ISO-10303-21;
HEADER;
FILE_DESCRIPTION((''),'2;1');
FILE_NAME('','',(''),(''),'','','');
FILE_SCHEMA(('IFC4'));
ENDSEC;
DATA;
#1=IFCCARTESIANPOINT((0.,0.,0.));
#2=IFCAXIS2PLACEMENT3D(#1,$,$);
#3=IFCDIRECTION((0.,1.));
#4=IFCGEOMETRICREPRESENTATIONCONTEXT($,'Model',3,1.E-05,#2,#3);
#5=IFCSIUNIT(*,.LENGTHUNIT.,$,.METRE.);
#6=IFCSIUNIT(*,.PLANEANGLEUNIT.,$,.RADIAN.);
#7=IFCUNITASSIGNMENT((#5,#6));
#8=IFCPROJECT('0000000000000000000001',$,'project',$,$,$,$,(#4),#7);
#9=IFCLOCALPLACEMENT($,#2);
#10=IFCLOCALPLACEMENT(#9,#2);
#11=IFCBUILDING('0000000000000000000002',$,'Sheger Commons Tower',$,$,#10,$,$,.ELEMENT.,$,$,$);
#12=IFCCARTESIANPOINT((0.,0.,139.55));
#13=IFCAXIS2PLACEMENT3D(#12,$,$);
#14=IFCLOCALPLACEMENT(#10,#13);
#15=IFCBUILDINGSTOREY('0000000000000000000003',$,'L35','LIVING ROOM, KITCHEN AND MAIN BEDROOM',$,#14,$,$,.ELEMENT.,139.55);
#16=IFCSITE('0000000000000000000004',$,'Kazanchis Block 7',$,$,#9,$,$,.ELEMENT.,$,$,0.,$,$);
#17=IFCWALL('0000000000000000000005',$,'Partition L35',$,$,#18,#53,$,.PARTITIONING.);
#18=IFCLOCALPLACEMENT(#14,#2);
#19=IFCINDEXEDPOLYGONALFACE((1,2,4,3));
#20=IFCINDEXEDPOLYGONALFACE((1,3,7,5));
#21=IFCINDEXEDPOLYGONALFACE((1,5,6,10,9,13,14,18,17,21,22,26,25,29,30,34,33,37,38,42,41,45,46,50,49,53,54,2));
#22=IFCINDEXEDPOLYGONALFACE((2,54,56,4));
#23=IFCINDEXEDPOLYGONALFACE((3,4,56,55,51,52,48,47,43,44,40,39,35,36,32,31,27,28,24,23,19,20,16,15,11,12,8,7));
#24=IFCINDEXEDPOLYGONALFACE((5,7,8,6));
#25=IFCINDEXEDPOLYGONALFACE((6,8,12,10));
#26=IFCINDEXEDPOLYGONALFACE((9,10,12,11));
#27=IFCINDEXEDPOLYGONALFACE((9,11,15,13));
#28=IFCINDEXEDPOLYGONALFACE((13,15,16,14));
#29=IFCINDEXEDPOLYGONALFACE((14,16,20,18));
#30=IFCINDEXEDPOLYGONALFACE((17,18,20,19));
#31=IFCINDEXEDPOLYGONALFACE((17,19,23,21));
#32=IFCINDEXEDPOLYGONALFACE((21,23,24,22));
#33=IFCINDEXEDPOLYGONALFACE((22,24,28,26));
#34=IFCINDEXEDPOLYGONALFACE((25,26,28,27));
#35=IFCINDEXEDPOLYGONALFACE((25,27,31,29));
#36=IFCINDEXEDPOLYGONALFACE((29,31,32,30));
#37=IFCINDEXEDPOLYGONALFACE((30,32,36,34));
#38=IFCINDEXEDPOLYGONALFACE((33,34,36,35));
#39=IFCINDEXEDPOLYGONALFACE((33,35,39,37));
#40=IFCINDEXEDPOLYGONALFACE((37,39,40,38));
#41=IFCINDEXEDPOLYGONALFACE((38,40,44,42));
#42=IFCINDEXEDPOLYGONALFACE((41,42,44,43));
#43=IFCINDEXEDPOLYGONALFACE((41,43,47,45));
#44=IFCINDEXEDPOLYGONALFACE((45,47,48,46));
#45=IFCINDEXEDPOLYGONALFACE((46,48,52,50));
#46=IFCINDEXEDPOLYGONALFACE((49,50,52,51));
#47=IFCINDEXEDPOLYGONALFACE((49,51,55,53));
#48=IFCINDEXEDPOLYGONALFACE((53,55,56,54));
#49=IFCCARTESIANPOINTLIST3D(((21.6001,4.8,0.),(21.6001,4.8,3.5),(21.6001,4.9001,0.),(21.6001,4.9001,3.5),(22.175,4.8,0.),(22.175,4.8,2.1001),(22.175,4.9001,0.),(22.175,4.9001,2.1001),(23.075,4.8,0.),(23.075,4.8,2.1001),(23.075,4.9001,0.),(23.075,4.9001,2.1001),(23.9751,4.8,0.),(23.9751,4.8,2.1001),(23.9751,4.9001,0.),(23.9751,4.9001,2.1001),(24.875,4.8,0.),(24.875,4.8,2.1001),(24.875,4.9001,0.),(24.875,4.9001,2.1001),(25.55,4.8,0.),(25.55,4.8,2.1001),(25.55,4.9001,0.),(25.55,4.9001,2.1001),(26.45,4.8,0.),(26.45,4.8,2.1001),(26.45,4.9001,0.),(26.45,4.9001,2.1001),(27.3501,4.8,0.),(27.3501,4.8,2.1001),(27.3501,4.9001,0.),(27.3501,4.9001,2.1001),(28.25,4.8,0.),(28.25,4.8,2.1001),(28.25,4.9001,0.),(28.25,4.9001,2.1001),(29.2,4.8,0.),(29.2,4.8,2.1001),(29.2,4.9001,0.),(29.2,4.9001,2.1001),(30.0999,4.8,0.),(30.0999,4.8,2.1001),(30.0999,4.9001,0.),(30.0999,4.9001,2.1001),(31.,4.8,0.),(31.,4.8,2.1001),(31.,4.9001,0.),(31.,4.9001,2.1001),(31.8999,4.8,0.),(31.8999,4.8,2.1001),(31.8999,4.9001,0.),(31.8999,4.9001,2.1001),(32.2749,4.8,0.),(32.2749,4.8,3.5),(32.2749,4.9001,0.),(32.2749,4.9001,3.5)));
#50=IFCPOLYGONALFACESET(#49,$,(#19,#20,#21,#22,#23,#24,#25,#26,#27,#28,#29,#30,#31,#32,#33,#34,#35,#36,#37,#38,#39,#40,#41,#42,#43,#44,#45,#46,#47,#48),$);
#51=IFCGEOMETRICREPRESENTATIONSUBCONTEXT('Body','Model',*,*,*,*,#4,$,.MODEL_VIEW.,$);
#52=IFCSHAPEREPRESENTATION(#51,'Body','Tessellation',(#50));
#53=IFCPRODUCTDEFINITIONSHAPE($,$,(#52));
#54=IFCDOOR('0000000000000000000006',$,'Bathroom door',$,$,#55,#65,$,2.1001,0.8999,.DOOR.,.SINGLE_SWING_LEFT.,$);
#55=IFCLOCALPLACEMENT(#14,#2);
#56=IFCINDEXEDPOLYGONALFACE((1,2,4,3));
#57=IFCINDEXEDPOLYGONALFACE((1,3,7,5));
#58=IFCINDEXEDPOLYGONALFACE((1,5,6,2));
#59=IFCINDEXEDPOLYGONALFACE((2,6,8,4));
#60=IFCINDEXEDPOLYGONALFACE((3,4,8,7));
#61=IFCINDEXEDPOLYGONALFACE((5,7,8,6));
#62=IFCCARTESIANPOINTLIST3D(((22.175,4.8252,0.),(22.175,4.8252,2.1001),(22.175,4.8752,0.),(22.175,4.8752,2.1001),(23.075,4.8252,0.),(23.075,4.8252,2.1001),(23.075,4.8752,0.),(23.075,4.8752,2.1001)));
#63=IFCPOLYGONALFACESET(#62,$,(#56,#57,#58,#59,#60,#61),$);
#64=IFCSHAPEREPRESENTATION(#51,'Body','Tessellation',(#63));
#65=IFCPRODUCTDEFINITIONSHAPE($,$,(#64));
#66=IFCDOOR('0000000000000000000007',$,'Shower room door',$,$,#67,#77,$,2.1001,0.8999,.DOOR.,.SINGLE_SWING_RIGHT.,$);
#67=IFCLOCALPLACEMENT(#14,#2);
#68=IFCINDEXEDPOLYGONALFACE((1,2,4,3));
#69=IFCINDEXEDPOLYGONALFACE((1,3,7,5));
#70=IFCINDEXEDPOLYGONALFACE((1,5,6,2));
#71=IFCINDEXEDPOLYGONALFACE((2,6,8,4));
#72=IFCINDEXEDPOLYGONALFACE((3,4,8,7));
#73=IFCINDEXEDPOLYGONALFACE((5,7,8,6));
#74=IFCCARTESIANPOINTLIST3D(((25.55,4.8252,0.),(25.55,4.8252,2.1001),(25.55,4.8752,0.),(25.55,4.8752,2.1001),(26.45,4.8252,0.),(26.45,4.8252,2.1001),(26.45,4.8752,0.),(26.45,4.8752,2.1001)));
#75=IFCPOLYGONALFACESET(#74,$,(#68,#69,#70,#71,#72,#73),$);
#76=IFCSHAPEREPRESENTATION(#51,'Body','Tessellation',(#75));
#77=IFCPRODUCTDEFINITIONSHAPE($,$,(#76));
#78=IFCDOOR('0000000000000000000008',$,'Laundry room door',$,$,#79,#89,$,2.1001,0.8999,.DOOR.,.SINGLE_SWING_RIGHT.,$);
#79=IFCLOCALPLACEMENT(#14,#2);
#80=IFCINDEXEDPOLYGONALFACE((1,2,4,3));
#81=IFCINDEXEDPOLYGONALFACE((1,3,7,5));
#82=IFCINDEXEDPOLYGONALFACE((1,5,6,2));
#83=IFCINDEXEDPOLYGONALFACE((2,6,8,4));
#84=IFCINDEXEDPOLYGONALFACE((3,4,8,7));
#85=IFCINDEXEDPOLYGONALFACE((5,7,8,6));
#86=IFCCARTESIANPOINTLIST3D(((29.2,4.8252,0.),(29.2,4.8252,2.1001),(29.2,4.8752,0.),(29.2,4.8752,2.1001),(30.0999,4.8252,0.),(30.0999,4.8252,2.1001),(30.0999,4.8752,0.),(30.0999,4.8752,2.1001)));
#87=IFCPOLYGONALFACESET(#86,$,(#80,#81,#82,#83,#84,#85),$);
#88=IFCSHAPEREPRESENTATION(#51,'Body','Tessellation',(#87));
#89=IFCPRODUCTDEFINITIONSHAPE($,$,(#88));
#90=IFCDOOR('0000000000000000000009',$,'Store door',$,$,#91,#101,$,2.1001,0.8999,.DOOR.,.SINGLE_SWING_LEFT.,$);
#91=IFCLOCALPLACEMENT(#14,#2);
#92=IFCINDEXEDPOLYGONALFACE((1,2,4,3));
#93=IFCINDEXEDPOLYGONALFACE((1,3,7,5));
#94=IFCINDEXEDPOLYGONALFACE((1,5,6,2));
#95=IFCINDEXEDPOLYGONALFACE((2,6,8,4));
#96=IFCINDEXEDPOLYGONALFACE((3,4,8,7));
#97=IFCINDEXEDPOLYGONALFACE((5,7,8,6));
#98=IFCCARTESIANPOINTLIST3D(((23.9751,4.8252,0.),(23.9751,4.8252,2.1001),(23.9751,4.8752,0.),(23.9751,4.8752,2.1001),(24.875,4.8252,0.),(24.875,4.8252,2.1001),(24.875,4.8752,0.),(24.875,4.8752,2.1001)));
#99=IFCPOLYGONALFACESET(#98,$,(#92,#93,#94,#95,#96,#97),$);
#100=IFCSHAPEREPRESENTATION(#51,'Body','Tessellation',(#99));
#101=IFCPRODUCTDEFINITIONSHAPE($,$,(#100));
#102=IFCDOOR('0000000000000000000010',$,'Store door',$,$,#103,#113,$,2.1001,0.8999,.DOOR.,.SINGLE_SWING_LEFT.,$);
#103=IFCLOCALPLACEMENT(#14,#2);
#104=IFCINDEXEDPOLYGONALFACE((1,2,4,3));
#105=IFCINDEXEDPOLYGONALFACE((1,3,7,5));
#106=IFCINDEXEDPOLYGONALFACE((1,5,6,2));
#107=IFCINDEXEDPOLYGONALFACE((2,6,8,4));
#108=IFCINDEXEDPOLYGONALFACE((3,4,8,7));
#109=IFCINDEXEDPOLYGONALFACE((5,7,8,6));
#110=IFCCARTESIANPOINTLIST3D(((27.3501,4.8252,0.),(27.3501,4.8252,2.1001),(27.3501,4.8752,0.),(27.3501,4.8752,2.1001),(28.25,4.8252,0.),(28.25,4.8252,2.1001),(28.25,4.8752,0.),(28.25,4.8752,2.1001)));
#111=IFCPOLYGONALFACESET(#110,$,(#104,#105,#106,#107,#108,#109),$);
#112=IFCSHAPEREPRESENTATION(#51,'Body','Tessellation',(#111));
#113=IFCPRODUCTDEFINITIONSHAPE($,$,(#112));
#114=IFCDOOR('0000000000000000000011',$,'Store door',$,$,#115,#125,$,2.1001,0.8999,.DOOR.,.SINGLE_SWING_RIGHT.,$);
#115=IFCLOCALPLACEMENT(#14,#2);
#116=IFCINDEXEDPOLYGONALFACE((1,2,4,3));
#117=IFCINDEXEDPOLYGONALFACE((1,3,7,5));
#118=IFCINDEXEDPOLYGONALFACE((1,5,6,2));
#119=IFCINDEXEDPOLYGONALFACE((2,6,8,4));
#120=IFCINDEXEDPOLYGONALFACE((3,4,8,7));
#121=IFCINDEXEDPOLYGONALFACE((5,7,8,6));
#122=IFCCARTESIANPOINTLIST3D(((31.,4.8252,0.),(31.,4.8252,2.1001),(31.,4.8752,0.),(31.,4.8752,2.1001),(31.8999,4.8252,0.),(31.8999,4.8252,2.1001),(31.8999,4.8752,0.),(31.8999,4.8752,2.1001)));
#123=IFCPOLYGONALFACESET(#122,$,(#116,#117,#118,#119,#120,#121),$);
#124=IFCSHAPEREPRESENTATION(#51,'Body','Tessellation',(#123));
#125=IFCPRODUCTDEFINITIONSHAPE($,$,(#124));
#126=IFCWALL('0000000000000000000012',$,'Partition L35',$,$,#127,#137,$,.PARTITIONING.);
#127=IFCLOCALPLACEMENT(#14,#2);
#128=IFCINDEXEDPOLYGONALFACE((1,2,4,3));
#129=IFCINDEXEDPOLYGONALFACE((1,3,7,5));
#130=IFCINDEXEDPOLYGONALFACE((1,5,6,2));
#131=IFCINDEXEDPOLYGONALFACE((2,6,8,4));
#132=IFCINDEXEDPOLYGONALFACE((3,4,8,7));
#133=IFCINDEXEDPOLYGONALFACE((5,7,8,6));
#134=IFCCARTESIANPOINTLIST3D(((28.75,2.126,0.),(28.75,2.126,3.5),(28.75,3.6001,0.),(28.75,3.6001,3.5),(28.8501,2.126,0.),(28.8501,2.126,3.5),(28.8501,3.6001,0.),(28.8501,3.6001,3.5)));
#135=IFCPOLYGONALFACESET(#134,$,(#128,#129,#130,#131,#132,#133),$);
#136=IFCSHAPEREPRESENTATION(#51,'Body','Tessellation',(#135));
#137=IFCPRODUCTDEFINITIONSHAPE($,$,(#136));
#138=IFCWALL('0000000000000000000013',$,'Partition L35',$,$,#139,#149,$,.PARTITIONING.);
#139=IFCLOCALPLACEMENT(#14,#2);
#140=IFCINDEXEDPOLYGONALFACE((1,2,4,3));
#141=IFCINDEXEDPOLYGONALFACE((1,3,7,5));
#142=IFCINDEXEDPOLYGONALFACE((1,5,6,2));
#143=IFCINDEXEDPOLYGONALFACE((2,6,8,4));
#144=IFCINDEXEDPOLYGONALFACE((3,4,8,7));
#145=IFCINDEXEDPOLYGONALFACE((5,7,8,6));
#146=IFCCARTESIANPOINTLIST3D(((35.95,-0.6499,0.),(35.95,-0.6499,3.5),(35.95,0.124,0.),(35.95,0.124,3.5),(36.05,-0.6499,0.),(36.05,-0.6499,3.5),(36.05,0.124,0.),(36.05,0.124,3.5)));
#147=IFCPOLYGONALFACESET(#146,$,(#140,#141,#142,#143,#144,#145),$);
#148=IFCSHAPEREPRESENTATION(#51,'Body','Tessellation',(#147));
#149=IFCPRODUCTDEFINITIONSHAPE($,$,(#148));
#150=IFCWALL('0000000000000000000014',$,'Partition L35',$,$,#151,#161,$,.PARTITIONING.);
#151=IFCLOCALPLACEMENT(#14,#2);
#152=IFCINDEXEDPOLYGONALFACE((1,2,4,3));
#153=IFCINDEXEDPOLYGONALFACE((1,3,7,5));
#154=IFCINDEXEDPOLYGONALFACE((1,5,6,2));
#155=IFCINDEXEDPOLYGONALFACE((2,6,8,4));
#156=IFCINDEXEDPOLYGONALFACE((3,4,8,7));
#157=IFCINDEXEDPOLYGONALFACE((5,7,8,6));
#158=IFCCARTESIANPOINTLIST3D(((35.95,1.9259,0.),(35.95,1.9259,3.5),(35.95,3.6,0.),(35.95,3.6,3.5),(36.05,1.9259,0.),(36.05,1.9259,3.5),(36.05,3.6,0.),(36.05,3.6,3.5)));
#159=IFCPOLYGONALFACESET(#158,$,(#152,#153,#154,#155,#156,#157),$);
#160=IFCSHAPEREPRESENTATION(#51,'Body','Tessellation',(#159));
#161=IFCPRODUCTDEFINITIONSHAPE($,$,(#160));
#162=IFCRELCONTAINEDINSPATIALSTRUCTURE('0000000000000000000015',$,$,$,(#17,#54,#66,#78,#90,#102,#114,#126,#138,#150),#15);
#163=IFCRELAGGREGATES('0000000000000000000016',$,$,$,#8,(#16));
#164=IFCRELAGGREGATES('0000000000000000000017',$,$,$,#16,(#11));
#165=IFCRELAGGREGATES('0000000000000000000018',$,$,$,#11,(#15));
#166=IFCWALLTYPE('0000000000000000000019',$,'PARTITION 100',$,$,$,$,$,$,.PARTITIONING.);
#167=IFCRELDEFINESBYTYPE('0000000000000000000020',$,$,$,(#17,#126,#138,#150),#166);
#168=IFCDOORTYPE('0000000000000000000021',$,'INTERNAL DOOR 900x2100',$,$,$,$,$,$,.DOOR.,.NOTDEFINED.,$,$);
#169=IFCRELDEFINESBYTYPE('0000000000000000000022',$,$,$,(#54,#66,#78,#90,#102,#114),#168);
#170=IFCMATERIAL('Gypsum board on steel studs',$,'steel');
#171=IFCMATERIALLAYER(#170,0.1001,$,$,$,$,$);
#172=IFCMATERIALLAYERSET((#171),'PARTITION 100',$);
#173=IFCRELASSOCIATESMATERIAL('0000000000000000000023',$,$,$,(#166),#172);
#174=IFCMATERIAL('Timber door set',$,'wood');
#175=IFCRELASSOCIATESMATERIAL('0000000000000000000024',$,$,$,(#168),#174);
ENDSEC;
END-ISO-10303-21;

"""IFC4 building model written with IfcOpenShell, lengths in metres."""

from ifc_helpers import new_model, si_unit, direction, frame, frame_2d, origin, place, context, subcontext, project, spatial, rectangle, extrude, material, layer, layer_set, type_object, element, fill, save


model = new_model("IFC4")

# Units and contexts
model_context = context("Model", 3, precision=1e-05, world=origin(), true_north=direction((0.0, 1.0)))
body_context = subcontext(model_context, "Body", "Model", "MODEL_VIEW")
ifc_project = project(units=[si_unit("LENGTHUNIT", "METRE"), si_unit("PLANEANGLEUNIT", "RADIAN")], contexts=[model_context])

# Site, building, storey
site_placement = place(None, origin())
site = spatial("IfcSite", under=ifc_project, at=site_placement, Name="Kazanchis Block 7", CompositionType="ELEMENT", RefElevation=0.0)
building_placement = place(site_placement, origin())
building = spatial("IfcBuilding", under=site, at=building_placement, Name="Sheger Commons Tower", CompositionType="ELEMENT")
storey_placement = place(building_placement, frame((0.0, 0.0, 139.55)))
storey = spatial("IfcBuildingStorey", under=building, at=storey_placement, Name="L35", Description="LIVING ROOM, KITCHEN AND MAIN BEDROOM", CompositionType="ELEMENT", Elevation=139.55)

# Wall, openings, doors
ifc_material_1 = material(Name="Gypsum board on steel studs", Category="steel")
ifc_layer_1 = layer(ifc_material_1, 0.1001)
ifc_layer_set_1 = layer_set([ifc_layer_1], Name="PARTITION 100")
wall_type_1 = type_object("IfcWallType", Name="PARTITION 100", PredefinedType="PARTITIONING", material=ifc_layer_set_1)
ifc_material_2 = material(Name="Timber door set", Category="wood")
door_type = type_object("IfcDoorType", Name="INTERNAL DOOR 900x2100", OperationType="NOTDEFINED", PredefinedType="DOOR", material=ifc_material_2)
wall_1_placement = place(storey_placement, frame((32.2749, 4.8501, 0.0), z_axis=(0.0, 0.0, 1.0), x_axis=(-1.0, 0.0, 0.0)))
wall_1 = element("IfcWall", 1, at=wall_1_placement, inside=storey, type_object=wall_type_1, Name="Partition L35", PredefinedType="PARTITIONING", context=body_context, shape_type="SweptSolid", body=[
    extrude(rectangle(XDim=10.6748, YDim=0.1001, at=frame_2d((5.3374, 0.0))), origin(), (0.0, 0.0, 1.0), 3.5),
])
opening_1_placement = place(wall_1_placement, frame((9.2, 0.0, 0.0)))
opening_1 = element("IfcOpeningElement", 2, at=opening_1_placement, cuts=wall_1, PredefinedType="OPENING", context=body_context, shape_type="SweptSolid", body=[
    extrude(rectangle(XDim=0.8999, YDim=2.1001, at=frame_2d((0.45, 1.05))), frame((0.0, 0.0601, 0.0), z_axis=(0.0, -1.0, 0.0), x_axis=(1.0, 0.0, 0.0)), (0.0, 0.0, 1.0), 0.1201),
])
opening_2_placement = place(wall_1_placement, frame((5.825, 0.0, 0.0)))
opening_2 = element("IfcOpeningElement", 3, at=opening_2_placement, cuts=wall_1, PredefinedType="OPENING", context=body_context, shape_type="SweptSolid", body=[
    extrude(rectangle(XDim=0.8999, YDim=2.1001, at=frame_2d((0.45, 1.05))), frame((0.0, 0.0601, 0.0), z_axis=(0.0, -1.0, 0.0), x_axis=(1.0, 0.0, 0.0)), (0.0, 0.0, 1.0), 0.1201),
])
opening_3_placement = place(wall_1_placement, frame((2.175, 0.0, 0.0)))
opening_3 = element("IfcOpeningElement", 4, at=opening_3_placement, cuts=wall_1, PredefinedType="OPENING", context=body_context, shape_type="SweptSolid", body=[
    extrude(rectangle(XDim=0.8999, YDim=2.1001, at=frame_2d((0.45, 1.05))), frame((0.0, 0.0601, 0.0), z_axis=(0.0, -1.0, 0.0), x_axis=(1.0, 0.0, 0.0)), (0.0, 0.0, 1.0), 0.1201),
])
opening_4_placement = place(wall_1_placement, frame((7.3999, 0.0, 0.0)))
opening_4 = element("IfcOpeningElement", 5, at=opening_4_placement, cuts=wall_1, PredefinedType="OPENING", context=body_context, shape_type="SweptSolid", body=[
    extrude(rectangle(XDim=0.8999, YDim=2.1001, at=frame_2d((0.45, 1.05))), frame((0.0, 0.0601, 0.0), z_axis=(0.0, -1.0, 0.0), x_axis=(1.0, 0.0, 0.0)), (0.0, 0.0, 1.0), 0.1201),
])
opening_5_placement = place(wall_1_placement, frame((4.0249, 0.0, 0.0)))
opening_5 = element("IfcOpeningElement", 6, at=opening_5_placement, cuts=wall_1, PredefinedType="OPENING", context=body_context, shape_type="SweptSolid", body=[
    extrude(rectangle(XDim=0.8999, YDim=2.1001, at=frame_2d((0.45, 1.05))), frame((0.0, 0.0601, 0.0), z_axis=(0.0, -1.0, 0.0), x_axis=(1.0, 0.0, 0.0)), (0.0, 0.0, 1.0), 0.1201),
])
opening_6_placement = place(wall_1_placement, frame((0.375, 0.0, 0.0)))
opening_6 = element("IfcOpeningElement", 7, at=opening_6_placement, cuts=wall_1, PredefinedType="OPENING", context=body_context, shape_type="SweptSolid", body=[
    extrude(rectangle(XDim=0.8999, YDim=2.1001, at=frame_2d((0.45, 1.05))), frame((0.0, 0.0601, 0.0), z_axis=(0.0, -1.0, 0.0), x_axis=(1.0, 0.0, 0.0)), (0.0, 0.0, 1.0), 0.1201),
])
door_1_placement = place(opening_1_placement, origin())
door_1 = element("IfcDoor", 8, at=door_1_placement, inside=storey, type_object=door_type, Name="Bathroom door", OperationType="SINGLE_SWING_LEFT", OverallHeight=2.1001, OverallWidth=0.8999, PredefinedType="DOOR", context=body_context, shape_type="SweptSolid", body=[
    extrude(rectangle(XDim=0.8999, YDim=2.1001, at=frame_2d((0.45, 1.05))), frame((0.0, 0.0249, 0.0), z_axis=(0.0, -1.0, 0.0), x_axis=(1.0, 0.0, 0.0)), (0.0, 0.0, 1.0), 0.05),
])
fill(opening_1, door_1)
door_2_placement = place(opening_2_placement, origin())
door_2 = element("IfcDoor", 9, at=door_2_placement, inside=storey, type_object=door_type, Name="Shower room door", OperationType="SINGLE_SWING_RIGHT", OverallHeight=2.1001, OverallWidth=0.8999, PredefinedType="DOOR", context=body_context, shape_type="SweptSolid", body=[
    extrude(rectangle(XDim=0.8999, YDim=2.1001, at=frame_2d((0.45, 1.05))), frame((0.0, 0.0249, 0.0), z_axis=(0.0, -1.0, 0.0), x_axis=(1.0, 0.0, 0.0)), (0.0, 0.0, 1.0), 0.05),
])
fill(opening_2, door_2)
door_3_placement = place(opening_3_placement, origin())
door_3 = element("IfcDoor", 10, at=door_3_placement, inside=storey, type_object=door_type, Name="Laundry room door", OperationType="SINGLE_SWING_RIGHT", OverallHeight=2.1001, OverallWidth=0.8999, PredefinedType="DOOR", context=body_context, shape_type="SweptSolid", body=[
    extrude(rectangle(XDim=0.8999, YDim=2.1001, at=frame_2d((0.45, 1.05))), frame((0.0, 0.0249, 0.0), z_axis=(0.0, -1.0, 0.0), x_axis=(1.0, 0.0, 0.0)), (0.0, 0.0, 1.0), 0.05),
])
fill(opening_3, door_3)
door_4_placement = place(opening_4_placement, origin())
door_4 = element("IfcDoor", 11, at=door_4_placement, inside=storey, type_object=door_type, Name="Store door", OperationType="SINGLE_SWING_LEFT", OverallHeight=2.1001, OverallWidth=0.8999, PredefinedType="DOOR", context=body_context, shape_type="SweptSolid", body=[
    extrude(rectangle(XDim=0.8999, YDim=2.1001, at=frame_2d((0.45, 1.05))), frame((0.0, 0.0249, 0.0), z_axis=(0.0, -1.0, 0.0), x_axis=(1.0, 0.0, 0.0)), (0.0, 0.0, 1.0), 0.05),
])
fill(opening_4, door_4)
door_5_placement = place(opening_5_placement, origin())
door_5 = element("IfcDoor", 12, at=door_5_placement, inside=storey, type_object=door_type, Name="Store door", OperationType="SINGLE_SWING_LEFT", OverallHeight=2.1001, OverallWidth=0.8999, PredefinedType="DOOR", context=body_context, shape_type="SweptSolid", body=[
    extrude(rectangle(XDim=0.8999, YDim=2.1001, at=frame_2d((0.45, 1.05))), frame((0.0, 0.0249, 0.0), z_axis=(0.0, -1.0, 0.0), x_axis=(1.0, 0.0, 0.0)), (0.0, 0.0, 1.0), 0.05),
])
fill(opening_5, door_5)
door_6_placement = place(opening_6_placement, origin())
door_6 = element("IfcDoor", 13, at=door_6_placement, inside=storey, type_object=door_type, Name="Store door", OperationType="SINGLE_SWING_RIGHT", OverallHeight=2.1001, OverallWidth=0.8999, PredefinedType="DOOR", context=body_context, shape_type="SweptSolid", body=[
    extrude(rectangle(XDim=0.8999, YDim=2.1001, at=frame_2d((0.45, 1.05))), frame((0.0, 0.0249, 0.0), z_axis=(0.0, -1.0, 0.0), x_axis=(1.0, 0.0, 0.0)), (0.0, 0.0, 1.0), 0.05),
])
fill(opening_6, door_6)

# Walls
wall_2_placement = place(storey_placement, frame((28.8, 2.126, 0.0), z_axis=(0.0, 0.0, 1.0), x_axis=(0.0, 1.0, 0.0)))
element("IfcWall", 14, at=wall_2_placement, inside=storey, type_object=wall_type_1, Name="Partition L35", PredefinedType="PARTITIONING", context=body_context, shape_type="SweptSolid", body=[
    extrude(rectangle(XDim=1.4741, YDim=0.1001, at=frame_2d((0.7371, 0.0))), origin(), (0.0, 0.0, 1.0), 3.5),
])
wall_3_placement = place(storey_placement, frame((36.0, -0.6499, 0.0), z_axis=(0.0, 0.0, 1.0), x_axis=(0.0, 1.0, 0.0)))
element("IfcWall", 15, at=wall_3_placement, inside=storey, type_object=wall_type_1, Name="Partition L35", PredefinedType="PARTITIONING", context=body_context, shape_type="SweptSolid", body=[
    extrude(rectangle(XDim=0.7739, YDim=0.1001, at=frame_2d((0.387, 0.0))), origin(), (0.0, 0.0, 1.0), 3.5),
])
wall_4_placement = place(storey_placement, frame((36.0, 1.926, 0.0), z_axis=(0.0, 0.0, 1.0), x_axis=(0.0, 1.0, 0.0)))
element("IfcWall", 16, at=wall_4_placement, inside=storey, type_object=wall_type_1, Name="Partition L35", PredefinedType="PARTITIONING", context=body_context, shape_type="SweptSolid", body=[
    extrude(rectangle(XDim=1.6741, YDim=0.1001, at=frame_2d((0.8369, 0.0))), origin(), (0.0, 0.0, 1.0), 3.5),
])

save(model, "model.ifc")
